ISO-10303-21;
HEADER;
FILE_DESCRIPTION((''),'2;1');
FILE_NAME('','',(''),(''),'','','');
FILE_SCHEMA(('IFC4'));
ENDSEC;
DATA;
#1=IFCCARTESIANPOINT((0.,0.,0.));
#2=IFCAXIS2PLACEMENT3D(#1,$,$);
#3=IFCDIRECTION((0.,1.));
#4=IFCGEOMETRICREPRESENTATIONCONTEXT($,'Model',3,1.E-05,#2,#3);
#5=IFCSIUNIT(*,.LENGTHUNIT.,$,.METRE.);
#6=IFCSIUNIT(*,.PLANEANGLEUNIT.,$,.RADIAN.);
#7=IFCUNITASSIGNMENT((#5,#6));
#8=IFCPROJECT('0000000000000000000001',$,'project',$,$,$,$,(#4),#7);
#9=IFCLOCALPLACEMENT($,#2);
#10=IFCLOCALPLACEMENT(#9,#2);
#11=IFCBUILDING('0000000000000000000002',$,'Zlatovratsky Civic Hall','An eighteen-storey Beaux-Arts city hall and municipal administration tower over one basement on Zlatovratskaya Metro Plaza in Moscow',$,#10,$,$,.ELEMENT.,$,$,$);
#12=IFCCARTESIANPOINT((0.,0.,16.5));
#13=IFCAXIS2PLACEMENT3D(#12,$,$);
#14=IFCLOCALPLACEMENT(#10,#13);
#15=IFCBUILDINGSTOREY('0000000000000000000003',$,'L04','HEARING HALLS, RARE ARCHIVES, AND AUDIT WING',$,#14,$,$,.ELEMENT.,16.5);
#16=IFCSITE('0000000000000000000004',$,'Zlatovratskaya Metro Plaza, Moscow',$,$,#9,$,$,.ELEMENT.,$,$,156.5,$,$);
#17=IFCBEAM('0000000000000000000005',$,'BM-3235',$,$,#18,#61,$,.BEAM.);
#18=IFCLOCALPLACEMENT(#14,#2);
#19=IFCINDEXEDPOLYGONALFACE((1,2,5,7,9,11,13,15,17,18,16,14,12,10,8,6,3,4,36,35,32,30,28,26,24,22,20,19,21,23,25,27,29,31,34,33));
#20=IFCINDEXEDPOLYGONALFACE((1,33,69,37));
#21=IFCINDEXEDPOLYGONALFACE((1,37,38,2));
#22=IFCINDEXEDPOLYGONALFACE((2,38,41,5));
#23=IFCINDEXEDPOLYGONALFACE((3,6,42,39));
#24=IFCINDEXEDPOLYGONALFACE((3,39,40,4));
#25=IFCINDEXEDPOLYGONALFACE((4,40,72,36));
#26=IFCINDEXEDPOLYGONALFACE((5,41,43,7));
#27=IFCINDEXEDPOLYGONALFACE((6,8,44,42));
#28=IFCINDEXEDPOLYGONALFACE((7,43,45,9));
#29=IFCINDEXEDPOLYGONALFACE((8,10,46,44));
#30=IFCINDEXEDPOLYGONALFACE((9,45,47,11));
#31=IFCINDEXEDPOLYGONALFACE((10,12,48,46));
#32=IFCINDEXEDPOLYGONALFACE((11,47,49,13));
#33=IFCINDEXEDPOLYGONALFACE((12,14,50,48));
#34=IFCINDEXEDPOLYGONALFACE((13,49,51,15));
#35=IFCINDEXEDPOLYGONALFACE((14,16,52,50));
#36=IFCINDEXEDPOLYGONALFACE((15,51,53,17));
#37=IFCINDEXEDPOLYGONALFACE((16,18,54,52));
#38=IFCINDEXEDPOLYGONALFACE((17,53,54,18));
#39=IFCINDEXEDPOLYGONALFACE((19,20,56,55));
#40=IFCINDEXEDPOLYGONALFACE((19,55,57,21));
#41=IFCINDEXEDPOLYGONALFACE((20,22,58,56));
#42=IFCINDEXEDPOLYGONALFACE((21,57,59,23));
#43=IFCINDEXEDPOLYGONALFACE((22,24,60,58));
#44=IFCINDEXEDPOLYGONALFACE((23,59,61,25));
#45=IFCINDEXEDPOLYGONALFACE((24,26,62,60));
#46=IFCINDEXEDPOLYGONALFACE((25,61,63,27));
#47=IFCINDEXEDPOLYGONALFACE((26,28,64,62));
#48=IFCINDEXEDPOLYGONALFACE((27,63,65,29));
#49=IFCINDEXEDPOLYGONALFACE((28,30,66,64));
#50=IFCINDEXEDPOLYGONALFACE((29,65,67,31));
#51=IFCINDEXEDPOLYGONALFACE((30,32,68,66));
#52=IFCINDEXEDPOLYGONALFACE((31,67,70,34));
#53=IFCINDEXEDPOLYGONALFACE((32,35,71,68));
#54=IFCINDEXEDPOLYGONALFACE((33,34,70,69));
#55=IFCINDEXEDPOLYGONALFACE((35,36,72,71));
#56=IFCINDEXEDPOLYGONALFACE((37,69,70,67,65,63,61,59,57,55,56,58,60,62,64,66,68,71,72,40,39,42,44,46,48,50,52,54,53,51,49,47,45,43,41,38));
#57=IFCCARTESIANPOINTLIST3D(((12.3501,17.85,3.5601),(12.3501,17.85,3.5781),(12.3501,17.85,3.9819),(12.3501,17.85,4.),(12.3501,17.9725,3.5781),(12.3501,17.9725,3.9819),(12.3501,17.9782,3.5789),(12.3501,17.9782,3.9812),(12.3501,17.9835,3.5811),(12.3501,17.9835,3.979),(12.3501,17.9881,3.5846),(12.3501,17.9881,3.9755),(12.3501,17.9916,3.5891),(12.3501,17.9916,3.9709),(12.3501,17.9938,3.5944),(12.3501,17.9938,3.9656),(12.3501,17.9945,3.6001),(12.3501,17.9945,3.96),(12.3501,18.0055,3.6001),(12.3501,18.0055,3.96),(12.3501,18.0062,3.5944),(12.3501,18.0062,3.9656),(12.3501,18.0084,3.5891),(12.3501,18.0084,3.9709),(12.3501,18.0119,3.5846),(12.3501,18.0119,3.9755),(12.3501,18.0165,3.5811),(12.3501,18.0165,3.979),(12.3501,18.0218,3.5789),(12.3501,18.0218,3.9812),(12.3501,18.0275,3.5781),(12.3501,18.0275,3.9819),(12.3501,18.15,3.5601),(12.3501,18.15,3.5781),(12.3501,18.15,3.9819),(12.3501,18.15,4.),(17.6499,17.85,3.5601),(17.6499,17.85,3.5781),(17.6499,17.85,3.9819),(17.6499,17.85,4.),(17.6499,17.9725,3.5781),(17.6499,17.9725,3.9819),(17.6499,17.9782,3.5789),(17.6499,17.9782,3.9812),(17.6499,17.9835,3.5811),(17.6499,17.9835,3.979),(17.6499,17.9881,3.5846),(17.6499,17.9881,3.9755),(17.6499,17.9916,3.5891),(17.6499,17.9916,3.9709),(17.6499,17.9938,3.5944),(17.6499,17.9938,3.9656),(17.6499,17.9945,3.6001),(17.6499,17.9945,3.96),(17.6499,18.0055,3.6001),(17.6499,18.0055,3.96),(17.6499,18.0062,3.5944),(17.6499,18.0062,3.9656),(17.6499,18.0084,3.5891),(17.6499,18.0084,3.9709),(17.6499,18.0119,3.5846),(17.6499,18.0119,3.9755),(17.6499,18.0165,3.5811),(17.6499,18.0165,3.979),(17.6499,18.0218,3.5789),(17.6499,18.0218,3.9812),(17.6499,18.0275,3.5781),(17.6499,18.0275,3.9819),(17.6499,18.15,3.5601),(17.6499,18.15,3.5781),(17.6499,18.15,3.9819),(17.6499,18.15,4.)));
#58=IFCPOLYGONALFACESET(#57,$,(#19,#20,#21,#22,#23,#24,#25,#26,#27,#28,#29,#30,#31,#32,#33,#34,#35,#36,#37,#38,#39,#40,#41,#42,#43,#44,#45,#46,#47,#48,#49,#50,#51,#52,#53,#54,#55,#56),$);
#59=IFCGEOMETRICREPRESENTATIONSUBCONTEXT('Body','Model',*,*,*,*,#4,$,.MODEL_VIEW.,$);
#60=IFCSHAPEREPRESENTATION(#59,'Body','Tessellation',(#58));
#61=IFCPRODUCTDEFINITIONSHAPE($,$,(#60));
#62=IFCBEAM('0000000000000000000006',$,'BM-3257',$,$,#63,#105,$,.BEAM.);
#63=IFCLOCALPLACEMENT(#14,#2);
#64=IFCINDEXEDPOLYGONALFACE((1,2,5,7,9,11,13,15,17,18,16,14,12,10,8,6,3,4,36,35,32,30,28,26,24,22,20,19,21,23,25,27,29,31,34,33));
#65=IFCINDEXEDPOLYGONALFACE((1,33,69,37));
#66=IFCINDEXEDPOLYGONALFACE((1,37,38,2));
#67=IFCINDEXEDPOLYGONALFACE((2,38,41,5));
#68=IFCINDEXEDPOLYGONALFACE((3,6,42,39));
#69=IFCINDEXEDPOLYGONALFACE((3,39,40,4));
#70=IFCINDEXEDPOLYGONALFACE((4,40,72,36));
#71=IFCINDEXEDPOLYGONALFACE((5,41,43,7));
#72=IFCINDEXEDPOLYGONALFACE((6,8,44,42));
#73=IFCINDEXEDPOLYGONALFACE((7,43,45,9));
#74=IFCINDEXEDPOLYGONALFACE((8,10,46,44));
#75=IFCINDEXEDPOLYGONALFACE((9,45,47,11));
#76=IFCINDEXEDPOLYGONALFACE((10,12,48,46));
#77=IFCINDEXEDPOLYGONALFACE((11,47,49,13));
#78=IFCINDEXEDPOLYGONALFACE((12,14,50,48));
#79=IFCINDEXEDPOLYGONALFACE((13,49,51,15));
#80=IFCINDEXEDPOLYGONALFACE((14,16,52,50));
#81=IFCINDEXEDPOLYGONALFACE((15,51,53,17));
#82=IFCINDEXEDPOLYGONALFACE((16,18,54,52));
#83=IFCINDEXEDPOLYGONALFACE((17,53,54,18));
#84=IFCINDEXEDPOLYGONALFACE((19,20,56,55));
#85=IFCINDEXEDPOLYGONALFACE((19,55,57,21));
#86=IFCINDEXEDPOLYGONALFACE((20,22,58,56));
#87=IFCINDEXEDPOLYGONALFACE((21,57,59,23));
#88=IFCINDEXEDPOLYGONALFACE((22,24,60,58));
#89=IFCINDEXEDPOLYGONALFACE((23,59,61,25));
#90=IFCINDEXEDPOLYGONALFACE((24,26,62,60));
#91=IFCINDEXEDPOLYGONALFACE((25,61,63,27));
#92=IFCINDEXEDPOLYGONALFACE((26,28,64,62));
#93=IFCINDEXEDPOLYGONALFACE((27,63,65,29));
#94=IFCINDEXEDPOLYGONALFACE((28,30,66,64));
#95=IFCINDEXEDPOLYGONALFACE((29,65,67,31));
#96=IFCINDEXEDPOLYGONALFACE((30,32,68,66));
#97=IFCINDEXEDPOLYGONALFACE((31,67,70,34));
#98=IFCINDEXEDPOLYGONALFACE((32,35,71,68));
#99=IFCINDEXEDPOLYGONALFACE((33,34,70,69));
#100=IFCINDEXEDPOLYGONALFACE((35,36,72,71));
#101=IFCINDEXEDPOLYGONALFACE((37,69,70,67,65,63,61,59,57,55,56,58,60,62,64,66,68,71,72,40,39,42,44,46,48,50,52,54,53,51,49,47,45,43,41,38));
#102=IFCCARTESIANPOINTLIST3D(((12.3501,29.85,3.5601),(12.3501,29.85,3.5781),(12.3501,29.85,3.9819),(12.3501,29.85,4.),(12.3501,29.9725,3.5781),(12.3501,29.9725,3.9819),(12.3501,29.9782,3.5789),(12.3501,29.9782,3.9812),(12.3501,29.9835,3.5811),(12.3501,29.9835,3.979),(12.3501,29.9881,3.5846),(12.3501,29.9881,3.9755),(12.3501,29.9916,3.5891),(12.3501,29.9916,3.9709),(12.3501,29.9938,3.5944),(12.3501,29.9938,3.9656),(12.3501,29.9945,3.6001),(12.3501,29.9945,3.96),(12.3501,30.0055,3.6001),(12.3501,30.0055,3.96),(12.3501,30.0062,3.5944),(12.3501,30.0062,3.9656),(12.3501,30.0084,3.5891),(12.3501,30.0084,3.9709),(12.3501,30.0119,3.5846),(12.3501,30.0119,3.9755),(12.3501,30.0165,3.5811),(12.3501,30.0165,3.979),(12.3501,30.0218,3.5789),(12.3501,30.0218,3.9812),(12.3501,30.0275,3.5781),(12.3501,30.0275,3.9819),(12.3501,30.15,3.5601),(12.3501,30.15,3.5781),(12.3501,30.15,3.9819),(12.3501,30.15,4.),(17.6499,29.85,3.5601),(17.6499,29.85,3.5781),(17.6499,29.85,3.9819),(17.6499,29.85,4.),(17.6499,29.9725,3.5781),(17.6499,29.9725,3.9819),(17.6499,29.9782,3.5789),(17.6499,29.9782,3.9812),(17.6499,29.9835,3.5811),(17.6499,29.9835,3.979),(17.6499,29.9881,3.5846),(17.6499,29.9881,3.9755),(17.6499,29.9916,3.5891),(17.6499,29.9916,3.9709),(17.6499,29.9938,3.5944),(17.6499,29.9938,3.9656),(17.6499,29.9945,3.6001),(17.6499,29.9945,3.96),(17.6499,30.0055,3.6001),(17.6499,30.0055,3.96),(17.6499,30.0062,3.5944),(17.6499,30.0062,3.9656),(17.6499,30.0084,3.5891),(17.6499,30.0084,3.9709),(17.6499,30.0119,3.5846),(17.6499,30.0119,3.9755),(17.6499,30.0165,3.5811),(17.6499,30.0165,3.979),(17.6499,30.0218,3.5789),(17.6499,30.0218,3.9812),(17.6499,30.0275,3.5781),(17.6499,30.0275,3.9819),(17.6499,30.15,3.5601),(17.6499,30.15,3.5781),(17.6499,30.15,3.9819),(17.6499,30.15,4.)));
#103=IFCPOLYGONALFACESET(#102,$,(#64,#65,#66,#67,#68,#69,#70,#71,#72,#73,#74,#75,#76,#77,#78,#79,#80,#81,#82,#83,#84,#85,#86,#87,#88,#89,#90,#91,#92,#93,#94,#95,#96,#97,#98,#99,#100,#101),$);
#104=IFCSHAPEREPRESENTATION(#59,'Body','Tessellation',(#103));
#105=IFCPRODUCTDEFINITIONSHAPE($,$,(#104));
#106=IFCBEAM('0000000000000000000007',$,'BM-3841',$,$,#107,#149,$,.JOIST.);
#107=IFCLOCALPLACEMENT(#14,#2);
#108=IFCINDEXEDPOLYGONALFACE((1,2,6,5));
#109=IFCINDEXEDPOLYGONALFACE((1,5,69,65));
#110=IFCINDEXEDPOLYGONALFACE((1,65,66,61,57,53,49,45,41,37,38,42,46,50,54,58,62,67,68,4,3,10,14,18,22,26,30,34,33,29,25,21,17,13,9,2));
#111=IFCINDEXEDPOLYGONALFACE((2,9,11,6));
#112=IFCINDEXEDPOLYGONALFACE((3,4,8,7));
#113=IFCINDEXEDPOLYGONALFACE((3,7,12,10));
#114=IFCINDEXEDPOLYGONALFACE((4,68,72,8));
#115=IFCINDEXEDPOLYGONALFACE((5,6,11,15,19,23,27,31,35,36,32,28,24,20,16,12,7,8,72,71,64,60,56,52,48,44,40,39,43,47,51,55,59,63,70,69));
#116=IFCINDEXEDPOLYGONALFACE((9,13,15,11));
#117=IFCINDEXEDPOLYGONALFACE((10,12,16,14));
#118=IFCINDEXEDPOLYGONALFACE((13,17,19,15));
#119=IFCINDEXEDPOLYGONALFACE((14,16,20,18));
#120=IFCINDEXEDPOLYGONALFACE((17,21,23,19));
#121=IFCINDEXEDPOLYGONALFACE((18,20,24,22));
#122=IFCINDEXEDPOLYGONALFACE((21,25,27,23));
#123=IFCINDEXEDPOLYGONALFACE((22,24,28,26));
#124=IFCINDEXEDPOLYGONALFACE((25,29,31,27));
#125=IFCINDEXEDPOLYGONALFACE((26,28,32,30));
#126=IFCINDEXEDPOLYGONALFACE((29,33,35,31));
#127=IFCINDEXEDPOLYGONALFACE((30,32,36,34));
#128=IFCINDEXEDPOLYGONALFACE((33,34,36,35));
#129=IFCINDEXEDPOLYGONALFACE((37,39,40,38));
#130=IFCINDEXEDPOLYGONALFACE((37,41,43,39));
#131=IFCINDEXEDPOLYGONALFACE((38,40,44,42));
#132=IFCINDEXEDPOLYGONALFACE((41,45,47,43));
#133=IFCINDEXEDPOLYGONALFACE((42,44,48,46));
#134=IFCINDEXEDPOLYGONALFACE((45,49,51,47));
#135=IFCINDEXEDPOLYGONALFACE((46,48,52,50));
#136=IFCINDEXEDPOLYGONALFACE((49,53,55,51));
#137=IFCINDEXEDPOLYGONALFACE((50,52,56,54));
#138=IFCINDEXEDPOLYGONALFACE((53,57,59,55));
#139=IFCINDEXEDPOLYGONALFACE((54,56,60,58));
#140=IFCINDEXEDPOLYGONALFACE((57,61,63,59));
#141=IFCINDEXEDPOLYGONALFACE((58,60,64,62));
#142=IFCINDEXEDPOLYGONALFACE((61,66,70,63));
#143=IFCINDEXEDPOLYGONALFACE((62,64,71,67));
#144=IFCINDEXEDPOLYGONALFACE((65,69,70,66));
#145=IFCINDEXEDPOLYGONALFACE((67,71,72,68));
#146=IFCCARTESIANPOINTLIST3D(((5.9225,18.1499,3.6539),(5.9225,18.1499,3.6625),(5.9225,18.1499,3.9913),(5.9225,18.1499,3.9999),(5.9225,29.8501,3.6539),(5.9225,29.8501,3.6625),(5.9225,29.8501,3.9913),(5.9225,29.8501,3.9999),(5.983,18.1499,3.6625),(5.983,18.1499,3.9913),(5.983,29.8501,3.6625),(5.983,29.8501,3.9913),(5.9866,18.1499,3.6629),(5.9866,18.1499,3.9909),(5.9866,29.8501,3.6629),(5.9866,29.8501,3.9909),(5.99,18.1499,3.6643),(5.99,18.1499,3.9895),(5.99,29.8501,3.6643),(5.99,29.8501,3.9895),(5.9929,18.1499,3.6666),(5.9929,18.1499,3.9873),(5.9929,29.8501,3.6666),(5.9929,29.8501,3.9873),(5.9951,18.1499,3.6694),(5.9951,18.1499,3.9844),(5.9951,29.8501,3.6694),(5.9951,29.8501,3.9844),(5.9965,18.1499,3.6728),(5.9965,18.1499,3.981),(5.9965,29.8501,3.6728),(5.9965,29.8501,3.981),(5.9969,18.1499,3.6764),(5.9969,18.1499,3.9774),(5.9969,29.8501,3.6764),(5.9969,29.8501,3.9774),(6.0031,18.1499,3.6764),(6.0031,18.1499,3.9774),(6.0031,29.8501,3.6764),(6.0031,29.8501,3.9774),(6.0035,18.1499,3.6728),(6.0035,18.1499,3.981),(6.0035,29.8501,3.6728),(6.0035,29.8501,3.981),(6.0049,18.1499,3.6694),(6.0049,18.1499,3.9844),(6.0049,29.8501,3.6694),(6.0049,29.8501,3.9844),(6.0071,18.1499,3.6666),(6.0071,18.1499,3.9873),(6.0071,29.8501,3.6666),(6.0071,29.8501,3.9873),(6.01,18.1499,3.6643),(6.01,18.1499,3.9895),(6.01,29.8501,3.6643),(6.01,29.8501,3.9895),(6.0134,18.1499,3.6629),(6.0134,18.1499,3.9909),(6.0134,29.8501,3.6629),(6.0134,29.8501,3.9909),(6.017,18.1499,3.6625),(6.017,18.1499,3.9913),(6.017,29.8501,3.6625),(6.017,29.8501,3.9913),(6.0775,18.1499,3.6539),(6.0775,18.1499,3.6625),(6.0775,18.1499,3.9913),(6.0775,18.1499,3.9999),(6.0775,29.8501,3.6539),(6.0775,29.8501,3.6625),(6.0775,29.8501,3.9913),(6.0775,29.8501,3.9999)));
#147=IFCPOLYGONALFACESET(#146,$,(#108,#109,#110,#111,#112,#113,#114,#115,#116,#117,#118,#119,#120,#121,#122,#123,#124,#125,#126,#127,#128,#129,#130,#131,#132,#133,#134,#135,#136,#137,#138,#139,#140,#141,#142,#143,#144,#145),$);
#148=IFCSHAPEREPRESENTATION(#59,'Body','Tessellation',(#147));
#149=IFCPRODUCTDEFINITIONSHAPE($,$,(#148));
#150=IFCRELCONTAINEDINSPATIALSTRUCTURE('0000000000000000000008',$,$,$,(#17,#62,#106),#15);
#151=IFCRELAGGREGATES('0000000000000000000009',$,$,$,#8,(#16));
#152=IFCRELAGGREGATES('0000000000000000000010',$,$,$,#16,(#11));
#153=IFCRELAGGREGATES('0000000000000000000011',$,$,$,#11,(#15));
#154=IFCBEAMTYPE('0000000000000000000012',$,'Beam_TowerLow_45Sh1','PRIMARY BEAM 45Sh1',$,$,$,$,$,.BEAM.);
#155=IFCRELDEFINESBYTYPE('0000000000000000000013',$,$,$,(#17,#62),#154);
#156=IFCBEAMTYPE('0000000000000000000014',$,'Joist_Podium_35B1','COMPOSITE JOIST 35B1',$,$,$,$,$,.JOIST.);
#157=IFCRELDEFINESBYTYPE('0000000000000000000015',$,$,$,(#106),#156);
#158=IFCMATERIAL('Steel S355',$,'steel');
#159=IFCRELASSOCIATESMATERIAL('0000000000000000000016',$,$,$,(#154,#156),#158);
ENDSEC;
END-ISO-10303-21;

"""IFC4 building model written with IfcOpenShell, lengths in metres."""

from ifc_helpers import new_model, si_unit, direction, frame, origin, origin_2d, place, context, subcontext, project, spatial, i_section, extrude, material, material_profile, profile_set, type_object, element, save


model = new_model("IFC4")

# Units and contexts
model_context = context("Model", 3, precision=1e-05, world=origin(), true_north=direction((0.0, 1.0)))
body_context = subcontext(model_context, "Body", "Model", "MODEL_VIEW")
ifc_project = project(units=[si_unit("LENGTHUNIT", "METRE"), si_unit("PLANEANGLEUNIT", "RADIAN")], contexts=[model_context])

# Site, building, storey
site_placement = place(None, origin())
site = spatial("IfcSite", under=ifc_project, at=site_placement, Name="Zlatovratskaya Metro Plaza, Moscow", CompositionType="ELEMENT", RefElevation=156.5)
building_placement = place(site_placement, origin())
building = spatial("IfcBuilding", under=site, at=building_placement, Name="Zlatovratsky Civic Hall", Description="An eighteen-storey Beaux-Arts city hall and municipal administration tower over one basement on Zlatovratskaya Metro Plaza in Moscow", CompositionType="ELEMENT")
storey_placement = place(building_placement, frame((0.0, 0.0, 16.5)))
storey = spatial("IfcBuildingStorey", under=building, at=storey_placement, Name="L04", Description="HEARING HALLS, RARE ARCHIVES, AND AUDIT WING", CompositionType="ELEMENT", Elevation=16.5)

# Beams
ifc_material_1 = material(Name="Steel S355", Category="steel")
ifc_material_profile_1 = material_profile(ifc_material_1, i_section(OverallWidth=0.3, OverallDepth=0.4399, WebThickness=0.011, FlangeThickness=0.0181, FilletRadius=0.022, at=origin_2d()), Name="45Sh1")
ifc_profile_set_1 = profile_set([ifc_material_profile_1], Name="Steel S355")
beam_type_1 = type_object("IfcBeamType", Name="Beam_TowerLow_45Sh1", Description="PRIMARY BEAM 45Sh1", PredefinedType="BEAM", material=ifc_profile_set_1)
for number, where, z_axis, x_axis, name in (
    (1, (12.3501, 18.0, 3.78), (1.0, 0.0, 0.0), (0.0, 1.0, 0.0), "BM-3235"),
    (2, (12.3501, 30.0, 3.78), (1.0, 0.0, 0.0), (0.0, 1.0, 0.0), "BM-3257"),
):
    element("IfcBeam", number, at=place(storey_placement, frame(where, z_axis=z_axis, x_axis=x_axis)), inside=storey, type_object=beam_type_1, Name=name, PredefinedType="BEAM", context=body_context, shape_type="SweptSolid", body=[
        extrude(i_section(OverallWidth=0.3, OverallDepth=0.4399, WebThickness=0.011, FlangeThickness=0.0181, FilletRadius=0.022, at=origin_2d()), origin(), (0.0, 0.0, 1.0), 5.2998),
    ])
ifc_material_profile_2 = material_profile(ifc_material_1, i_section(OverallWidth=0.155, OverallDepth=0.3459, WebThickness=0.0061, FlangeThickness=0.0085, FilletRadius=0.0139, at=origin_2d()), Name="35B1")
ifc_profile_set_2 = profile_set([ifc_material_profile_2], Name="Steel S355")
beam_type_2 = type_object("IfcBeamType", Name="Joist_Podium_35B1", Description="COMPOSITE JOIST 35B1", PredefinedType="JOIST", material=ifc_profile_set_2)
beam_1_placement = place(storey_placement, frame((6.0, 18.1499, 3.8269), z_axis=(0.0, 1.0, 0.0), x_axis=(-1.0, 0.0, 0.0)))
element("IfcBeam", 3, at=beam_1_placement, inside=storey, type_object=beam_type_2, Name="BM-3841", PredefinedType="JOIST", context=body_context, shape_type="SweptSolid", body=[
    extrude(i_section(OverallWidth=0.155, OverallDepth=0.3459, WebThickness=0.0061, FlangeThickness=0.0085, FilletRadius=0.0139, at=origin_2d()), origin(), (0.0, 0.0, 1.0), 11.7002),
])

save(model, "model.ifc")
